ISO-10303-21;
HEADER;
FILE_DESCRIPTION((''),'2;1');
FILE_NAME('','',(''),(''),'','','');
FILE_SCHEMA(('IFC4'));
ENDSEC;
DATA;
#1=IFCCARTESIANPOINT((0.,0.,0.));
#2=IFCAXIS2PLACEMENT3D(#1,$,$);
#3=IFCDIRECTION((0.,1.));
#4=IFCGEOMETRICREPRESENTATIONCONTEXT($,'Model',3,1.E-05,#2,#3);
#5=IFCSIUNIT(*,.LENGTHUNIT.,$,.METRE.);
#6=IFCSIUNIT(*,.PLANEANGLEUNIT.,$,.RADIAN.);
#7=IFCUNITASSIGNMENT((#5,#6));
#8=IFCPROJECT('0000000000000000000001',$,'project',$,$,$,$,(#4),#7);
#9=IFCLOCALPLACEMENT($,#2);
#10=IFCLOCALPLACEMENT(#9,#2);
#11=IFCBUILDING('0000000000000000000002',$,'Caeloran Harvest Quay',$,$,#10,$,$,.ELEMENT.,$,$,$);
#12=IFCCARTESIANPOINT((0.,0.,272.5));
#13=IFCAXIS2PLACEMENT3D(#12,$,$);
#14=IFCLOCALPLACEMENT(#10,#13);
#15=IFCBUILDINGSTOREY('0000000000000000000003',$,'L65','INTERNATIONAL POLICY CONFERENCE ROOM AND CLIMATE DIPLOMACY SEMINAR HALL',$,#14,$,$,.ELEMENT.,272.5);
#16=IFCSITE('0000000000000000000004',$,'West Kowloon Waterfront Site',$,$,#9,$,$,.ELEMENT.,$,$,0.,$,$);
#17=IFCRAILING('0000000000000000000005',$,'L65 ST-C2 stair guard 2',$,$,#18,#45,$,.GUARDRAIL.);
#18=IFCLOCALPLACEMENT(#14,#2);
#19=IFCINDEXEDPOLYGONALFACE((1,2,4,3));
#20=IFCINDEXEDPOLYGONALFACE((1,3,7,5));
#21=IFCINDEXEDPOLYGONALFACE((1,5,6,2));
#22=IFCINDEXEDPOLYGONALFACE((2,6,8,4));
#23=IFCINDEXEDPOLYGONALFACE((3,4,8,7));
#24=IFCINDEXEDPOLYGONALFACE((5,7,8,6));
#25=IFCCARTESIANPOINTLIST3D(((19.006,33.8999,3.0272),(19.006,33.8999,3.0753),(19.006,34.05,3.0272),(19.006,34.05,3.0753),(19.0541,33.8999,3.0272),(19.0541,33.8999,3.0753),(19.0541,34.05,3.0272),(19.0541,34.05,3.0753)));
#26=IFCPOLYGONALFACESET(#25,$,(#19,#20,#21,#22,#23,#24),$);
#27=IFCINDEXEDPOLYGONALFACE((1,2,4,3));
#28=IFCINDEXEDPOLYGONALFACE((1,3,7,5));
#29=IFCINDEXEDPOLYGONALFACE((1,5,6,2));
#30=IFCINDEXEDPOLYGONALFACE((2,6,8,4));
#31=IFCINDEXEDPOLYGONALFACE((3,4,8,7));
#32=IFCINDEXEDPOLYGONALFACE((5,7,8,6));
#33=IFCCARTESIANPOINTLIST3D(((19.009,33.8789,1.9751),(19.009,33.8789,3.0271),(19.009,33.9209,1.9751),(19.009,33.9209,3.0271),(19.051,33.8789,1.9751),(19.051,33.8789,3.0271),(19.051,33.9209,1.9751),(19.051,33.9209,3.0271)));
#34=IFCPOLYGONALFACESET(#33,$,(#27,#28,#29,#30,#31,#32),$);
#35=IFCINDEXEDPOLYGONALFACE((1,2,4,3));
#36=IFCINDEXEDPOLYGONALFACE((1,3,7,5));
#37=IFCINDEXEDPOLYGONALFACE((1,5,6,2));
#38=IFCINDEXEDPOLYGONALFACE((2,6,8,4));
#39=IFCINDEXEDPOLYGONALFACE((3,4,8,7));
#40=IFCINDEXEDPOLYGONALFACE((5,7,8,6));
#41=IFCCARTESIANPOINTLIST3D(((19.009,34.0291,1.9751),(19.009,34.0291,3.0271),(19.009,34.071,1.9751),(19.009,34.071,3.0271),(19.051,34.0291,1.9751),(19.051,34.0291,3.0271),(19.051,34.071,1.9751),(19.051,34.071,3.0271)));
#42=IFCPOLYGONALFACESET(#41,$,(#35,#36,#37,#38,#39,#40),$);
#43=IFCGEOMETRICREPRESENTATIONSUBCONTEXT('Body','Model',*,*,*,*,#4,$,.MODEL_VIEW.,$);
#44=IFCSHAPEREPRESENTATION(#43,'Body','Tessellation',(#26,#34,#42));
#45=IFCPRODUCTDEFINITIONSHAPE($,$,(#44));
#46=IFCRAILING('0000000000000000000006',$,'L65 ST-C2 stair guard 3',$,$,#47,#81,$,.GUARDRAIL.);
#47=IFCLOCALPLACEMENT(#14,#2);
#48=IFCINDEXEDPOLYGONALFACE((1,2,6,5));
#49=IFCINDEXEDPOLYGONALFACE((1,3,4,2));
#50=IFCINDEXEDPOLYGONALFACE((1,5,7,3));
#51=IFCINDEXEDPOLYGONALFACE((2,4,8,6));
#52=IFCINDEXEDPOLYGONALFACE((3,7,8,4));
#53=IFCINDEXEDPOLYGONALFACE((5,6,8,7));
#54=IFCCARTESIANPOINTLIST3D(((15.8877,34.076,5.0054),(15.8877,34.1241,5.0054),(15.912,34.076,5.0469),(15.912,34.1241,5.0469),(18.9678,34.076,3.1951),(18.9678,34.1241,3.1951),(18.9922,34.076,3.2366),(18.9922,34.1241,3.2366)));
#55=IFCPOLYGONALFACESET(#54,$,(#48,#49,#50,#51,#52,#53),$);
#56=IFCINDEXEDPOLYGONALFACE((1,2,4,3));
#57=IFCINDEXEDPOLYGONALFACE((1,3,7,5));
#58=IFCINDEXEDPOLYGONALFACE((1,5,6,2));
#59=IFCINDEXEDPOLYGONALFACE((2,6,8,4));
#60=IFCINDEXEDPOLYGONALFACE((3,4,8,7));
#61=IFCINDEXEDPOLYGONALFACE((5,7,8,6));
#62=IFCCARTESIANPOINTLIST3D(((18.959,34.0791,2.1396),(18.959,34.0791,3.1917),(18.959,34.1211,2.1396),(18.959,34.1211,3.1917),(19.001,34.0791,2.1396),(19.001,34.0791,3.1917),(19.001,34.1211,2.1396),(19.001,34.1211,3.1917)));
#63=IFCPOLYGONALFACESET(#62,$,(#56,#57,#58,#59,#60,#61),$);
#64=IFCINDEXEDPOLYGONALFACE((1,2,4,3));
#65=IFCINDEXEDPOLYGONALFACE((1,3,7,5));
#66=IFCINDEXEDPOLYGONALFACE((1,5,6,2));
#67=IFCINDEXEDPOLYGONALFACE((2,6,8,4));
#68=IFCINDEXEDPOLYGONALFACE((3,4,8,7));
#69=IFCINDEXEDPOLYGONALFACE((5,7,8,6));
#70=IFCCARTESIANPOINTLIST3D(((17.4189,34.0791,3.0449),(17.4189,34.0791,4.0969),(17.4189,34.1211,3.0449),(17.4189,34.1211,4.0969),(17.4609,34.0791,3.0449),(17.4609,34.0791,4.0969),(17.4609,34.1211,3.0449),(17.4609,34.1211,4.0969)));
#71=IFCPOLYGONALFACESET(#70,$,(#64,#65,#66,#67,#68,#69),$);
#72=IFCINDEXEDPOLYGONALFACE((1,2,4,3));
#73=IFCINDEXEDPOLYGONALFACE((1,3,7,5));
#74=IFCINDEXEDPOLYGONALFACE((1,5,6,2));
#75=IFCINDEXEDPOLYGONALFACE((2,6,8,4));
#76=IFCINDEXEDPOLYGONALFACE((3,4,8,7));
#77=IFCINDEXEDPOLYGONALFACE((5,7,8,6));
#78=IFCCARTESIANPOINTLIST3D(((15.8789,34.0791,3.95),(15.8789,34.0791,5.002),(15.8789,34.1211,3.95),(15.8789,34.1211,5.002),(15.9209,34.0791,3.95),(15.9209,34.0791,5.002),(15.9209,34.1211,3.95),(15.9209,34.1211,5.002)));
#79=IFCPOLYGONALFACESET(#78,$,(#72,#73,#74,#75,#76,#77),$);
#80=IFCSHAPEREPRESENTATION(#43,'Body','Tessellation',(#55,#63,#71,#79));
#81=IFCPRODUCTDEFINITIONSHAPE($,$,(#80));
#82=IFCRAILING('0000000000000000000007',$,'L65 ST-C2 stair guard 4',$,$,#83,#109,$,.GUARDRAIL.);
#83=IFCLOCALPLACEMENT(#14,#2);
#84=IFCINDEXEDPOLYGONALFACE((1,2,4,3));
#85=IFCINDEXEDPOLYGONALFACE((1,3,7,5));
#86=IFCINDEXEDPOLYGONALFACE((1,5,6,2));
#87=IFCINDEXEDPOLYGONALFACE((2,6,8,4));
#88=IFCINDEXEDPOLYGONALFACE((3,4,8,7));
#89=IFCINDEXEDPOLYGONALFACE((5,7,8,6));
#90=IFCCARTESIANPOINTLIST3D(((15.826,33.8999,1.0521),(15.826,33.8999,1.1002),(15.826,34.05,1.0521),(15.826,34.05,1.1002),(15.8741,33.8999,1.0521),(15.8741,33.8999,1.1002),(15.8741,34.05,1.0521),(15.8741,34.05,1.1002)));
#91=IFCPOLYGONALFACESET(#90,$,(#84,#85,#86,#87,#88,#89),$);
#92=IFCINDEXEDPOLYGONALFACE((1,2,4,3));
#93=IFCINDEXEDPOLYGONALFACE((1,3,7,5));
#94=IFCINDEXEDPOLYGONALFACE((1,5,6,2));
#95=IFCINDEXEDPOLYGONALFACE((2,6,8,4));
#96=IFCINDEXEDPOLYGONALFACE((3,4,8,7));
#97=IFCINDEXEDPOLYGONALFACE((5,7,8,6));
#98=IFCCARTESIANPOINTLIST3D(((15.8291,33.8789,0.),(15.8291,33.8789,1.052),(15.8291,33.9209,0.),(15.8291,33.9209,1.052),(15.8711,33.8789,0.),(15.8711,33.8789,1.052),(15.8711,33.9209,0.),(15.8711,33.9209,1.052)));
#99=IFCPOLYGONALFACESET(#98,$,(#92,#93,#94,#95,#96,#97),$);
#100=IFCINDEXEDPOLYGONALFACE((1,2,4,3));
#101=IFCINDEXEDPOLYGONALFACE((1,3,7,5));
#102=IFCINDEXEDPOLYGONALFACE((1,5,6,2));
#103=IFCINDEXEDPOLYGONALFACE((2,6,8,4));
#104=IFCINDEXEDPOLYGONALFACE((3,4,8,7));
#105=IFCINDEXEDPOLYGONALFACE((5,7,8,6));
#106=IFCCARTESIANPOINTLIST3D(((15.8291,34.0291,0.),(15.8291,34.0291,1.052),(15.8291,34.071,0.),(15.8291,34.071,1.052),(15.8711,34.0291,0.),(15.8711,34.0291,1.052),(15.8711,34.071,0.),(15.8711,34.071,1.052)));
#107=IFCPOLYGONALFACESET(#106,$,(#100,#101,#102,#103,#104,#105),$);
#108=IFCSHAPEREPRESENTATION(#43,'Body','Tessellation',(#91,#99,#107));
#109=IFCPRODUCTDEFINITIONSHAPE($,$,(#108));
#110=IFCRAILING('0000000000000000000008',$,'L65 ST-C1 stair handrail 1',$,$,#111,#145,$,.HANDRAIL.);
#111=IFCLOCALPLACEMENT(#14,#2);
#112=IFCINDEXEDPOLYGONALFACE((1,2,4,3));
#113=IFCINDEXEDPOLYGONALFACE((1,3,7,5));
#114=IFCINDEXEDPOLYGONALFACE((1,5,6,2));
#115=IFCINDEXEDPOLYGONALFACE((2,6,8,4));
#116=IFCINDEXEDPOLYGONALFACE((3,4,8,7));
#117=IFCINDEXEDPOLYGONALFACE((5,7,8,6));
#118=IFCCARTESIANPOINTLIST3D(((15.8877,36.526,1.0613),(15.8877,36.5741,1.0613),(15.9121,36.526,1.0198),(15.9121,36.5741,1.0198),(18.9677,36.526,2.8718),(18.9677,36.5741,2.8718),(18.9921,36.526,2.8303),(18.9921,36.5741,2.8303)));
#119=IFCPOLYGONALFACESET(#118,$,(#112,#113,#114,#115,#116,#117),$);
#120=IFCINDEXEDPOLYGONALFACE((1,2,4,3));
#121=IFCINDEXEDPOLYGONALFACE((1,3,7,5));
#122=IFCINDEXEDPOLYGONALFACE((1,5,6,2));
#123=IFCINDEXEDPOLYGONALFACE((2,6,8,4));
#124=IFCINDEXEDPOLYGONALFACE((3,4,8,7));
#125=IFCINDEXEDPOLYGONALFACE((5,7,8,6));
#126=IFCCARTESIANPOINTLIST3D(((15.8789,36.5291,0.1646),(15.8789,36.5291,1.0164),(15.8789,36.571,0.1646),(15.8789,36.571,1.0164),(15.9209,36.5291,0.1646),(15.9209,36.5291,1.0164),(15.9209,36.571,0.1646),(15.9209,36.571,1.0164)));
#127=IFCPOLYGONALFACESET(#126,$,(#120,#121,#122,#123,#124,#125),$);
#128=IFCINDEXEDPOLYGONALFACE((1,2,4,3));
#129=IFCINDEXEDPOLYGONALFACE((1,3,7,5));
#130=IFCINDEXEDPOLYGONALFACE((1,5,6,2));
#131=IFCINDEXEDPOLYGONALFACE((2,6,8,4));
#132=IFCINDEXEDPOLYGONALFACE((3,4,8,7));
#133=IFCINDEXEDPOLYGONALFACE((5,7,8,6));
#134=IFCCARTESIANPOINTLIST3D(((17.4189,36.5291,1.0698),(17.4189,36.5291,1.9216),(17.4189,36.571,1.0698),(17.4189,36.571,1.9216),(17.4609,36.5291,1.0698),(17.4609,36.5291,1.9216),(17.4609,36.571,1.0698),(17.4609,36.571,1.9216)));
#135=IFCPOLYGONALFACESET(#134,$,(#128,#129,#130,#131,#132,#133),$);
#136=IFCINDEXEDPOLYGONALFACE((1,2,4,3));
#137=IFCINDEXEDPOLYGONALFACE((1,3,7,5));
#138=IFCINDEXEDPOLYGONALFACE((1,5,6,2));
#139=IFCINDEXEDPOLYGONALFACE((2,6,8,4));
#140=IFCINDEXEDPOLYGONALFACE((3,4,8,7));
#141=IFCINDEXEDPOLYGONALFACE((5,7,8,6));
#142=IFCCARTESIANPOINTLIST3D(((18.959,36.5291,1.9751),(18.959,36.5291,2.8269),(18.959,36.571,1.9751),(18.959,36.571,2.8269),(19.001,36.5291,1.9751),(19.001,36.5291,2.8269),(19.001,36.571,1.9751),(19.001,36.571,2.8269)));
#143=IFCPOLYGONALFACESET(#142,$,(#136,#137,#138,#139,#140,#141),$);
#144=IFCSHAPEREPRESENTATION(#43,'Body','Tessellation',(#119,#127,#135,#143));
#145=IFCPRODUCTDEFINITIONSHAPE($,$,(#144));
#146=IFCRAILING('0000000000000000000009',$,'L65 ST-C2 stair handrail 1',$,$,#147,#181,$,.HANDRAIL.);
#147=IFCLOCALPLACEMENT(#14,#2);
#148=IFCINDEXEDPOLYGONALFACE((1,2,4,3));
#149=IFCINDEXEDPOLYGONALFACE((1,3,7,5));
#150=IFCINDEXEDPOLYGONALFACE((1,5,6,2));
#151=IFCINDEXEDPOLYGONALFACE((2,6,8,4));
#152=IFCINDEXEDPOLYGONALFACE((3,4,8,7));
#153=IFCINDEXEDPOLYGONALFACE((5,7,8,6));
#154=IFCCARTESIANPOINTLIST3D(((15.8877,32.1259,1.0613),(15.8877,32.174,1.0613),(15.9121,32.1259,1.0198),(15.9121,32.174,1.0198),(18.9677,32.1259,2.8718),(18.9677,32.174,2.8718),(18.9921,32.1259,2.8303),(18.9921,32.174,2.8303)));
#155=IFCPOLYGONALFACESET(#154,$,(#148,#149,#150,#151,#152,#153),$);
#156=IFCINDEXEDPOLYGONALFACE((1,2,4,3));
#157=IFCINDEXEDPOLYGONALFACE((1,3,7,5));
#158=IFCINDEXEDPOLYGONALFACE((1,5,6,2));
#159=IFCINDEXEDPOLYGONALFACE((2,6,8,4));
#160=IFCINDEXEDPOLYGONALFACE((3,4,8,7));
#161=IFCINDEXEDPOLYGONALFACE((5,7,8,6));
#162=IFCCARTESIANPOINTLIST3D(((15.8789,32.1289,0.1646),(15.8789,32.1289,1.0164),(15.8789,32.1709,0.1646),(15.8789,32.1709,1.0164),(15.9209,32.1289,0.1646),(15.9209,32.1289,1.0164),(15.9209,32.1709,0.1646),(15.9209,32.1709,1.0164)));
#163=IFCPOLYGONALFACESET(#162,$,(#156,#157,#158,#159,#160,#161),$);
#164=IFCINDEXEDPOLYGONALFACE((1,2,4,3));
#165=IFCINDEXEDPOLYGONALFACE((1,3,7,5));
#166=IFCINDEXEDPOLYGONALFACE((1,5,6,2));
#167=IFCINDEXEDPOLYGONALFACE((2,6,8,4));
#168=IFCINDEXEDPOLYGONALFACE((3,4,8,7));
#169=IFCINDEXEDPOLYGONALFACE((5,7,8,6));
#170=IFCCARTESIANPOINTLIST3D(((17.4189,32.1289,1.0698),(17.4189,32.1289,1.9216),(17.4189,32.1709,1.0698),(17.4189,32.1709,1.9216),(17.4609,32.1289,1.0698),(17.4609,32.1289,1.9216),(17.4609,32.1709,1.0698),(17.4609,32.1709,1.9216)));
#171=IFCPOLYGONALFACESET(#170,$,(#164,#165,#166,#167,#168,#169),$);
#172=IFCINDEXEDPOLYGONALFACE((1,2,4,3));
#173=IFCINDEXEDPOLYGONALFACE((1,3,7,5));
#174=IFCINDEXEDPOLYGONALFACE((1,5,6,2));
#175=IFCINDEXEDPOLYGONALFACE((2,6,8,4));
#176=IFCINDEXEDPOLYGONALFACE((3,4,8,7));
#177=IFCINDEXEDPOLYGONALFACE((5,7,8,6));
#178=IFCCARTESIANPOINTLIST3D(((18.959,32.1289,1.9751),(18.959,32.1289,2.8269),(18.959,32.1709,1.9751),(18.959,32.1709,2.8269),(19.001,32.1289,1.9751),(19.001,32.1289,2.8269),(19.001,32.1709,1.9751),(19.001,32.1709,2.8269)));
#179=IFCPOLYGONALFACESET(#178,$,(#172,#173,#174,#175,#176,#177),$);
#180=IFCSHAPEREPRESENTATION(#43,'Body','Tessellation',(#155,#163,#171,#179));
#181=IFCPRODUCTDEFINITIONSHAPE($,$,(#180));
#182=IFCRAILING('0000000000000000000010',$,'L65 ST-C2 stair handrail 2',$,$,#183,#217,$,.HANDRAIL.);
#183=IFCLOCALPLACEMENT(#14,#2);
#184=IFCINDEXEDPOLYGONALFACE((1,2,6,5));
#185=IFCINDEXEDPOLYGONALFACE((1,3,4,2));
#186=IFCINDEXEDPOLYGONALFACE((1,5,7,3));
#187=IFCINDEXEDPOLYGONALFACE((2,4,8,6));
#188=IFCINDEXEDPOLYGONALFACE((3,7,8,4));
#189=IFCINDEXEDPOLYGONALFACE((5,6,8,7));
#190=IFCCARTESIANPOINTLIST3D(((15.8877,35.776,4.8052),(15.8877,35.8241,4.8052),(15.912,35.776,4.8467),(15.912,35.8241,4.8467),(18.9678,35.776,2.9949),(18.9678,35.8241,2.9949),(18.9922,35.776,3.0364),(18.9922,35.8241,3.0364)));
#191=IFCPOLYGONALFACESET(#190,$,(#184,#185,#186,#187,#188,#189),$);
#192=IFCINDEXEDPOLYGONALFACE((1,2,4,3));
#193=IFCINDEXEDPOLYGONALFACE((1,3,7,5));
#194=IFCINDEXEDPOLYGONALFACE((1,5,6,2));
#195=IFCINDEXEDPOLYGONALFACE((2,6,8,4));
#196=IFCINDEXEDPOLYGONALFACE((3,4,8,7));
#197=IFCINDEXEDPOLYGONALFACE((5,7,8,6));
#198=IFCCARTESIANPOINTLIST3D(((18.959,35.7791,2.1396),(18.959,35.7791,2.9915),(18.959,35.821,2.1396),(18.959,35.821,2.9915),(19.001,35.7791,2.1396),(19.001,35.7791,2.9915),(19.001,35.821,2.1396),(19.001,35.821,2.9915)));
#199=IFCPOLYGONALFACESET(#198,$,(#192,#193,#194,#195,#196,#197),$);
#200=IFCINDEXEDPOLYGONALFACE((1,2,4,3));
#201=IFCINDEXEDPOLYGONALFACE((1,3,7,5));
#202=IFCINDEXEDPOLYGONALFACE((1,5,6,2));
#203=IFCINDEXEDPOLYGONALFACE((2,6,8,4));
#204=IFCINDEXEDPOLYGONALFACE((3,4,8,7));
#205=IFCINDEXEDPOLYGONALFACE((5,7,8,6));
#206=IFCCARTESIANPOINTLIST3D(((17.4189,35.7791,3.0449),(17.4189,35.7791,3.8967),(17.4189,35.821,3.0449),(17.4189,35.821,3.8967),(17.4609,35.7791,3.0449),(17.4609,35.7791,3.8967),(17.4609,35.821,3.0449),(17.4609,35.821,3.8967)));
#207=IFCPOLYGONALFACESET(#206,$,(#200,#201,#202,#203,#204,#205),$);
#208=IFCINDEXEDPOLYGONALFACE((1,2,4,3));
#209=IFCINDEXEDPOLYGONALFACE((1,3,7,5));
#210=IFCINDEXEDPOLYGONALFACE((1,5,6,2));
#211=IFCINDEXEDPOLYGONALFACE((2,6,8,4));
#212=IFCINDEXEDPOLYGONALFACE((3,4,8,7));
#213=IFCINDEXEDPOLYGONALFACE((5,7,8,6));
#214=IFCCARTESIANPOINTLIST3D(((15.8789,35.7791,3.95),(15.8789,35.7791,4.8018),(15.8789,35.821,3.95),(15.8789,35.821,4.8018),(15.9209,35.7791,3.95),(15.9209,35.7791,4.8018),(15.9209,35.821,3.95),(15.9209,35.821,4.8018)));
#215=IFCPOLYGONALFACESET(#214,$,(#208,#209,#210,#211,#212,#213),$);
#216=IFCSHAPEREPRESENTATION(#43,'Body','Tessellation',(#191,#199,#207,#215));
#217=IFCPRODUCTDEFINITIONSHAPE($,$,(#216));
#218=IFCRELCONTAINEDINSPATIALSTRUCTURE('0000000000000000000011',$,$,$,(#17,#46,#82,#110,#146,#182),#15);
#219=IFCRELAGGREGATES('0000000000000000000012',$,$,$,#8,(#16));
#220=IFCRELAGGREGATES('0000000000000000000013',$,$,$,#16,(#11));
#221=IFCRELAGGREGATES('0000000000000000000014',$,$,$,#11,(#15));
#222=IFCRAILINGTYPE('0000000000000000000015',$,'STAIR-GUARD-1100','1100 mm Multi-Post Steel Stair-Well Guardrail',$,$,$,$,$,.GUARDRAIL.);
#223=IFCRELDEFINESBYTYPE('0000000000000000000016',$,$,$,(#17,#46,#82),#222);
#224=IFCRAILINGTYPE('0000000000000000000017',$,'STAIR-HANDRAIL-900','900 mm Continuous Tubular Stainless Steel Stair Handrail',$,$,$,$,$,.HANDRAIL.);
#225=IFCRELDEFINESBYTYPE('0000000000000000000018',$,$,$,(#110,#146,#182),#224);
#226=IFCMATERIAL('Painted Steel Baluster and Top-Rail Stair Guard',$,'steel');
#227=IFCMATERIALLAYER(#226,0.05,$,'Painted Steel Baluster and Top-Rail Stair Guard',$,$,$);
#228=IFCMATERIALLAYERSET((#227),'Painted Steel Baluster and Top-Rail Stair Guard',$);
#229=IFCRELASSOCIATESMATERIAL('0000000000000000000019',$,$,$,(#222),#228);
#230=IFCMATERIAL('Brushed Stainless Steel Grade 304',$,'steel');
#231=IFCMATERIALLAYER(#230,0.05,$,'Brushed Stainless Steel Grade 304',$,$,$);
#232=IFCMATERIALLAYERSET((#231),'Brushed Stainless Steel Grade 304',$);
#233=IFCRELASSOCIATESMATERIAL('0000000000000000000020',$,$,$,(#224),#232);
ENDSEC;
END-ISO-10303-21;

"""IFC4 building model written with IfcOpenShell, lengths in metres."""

from ifc_helpers import new_model, si_unit, direction, frame, origin, origin_2d, place, context, subcontext, project, spatial, rectangle, extrude, material, layer, layer_set, type_object, element, save


model = new_model("IFC4")

# Units and contexts
model_context = context("Model", 3, precision=1e-05, world=origin(), true_north=direction((0.0, 1.0)))
body_context = subcontext(model_context, "Body", "Model", "MODEL_VIEW")
ifc_project = project(units=[si_unit("LENGTHUNIT", "METRE"), si_unit("PLANEANGLEUNIT", "RADIAN")], contexts=[model_context])

# Site, building, storey
site_placement = place(None, origin())
site = spatial("IfcSite", under=ifc_project, at=site_placement, Name="West Kowloon Waterfront Site", CompositionType="ELEMENT", RefElevation=0.0)
building_placement = place(site_placement, origin())
building = spatial("IfcBuilding", under=site, at=building_placement, Name="Caeloran Harvest Quay", CompositionType="ELEMENT")
storey_placement = place(building_placement, frame((0.0, 0.0, 272.5)))
storey = spatial("IfcBuildingStorey", under=building, at=storey_placement, Name="L65", Description="INTERNATIONAL POLICY CONFERENCE ROOM AND CLIMATE DIPLOMACY SEMINAR HALL", CompositionType="ELEMENT", Elevation=272.5)

# Railings
ifc_material_1 = material(Name="Painted Steel Baluster and Top-Rail Stair Guard", Category="steel")
ifc_layer_1 = layer(ifc_material_1, 0.05, Name="Painted Steel Baluster and Top-Rail Stair Guard")
ifc_layer_set_1 = layer_set([ifc_layer_1], Name="Painted Steel Baluster and Top-Rail Stair Guard")
railing_type_1 = type_object("IfcRailingType", Name="STAIR-GUARD-1100", Description="1100 mm Multi-Post Steel Stair-Well Guardrail", PredefinedType="GUARDRAIL", material=ifc_layer_set_1)
railing_1_placement = place(storey_placement, frame((19.03, 33.8999, 1.9751)))
element("IfcRailing", 1, at=railing_1_placement, inside=storey, type_object=railing_type_1, Name="L65 ST-C2 stair guard 2", PredefinedType="GUARDRAIL", context=body_context, shape_type="SweptSolid", body=[
    extrude(rectangle(XDim=0.0481, YDim=0.0481, at=origin_2d()), frame((0.0, 0.0, 1.0762), z_axis=(0.0, 1.0, 0.0), x_axis=(-1.0, 0.0, 0.0)), (0.0, 0.0, 1.0), 0.1501),
    extrude(rectangle(XDim=0.042, YDim=0.042, at=origin_2d()), origin(), (0.0, 0.0, 1.0), 1.052),
    extrude(rectangle(XDim=0.042, YDim=0.042, at=origin_2d()), frame((0.0, 0.1501, 0.0)), (0.0, 0.0, 1.0), 1.052),
])
railing_2_placement = place(storey_placement, frame((18.98, 34.1001, 2.1396)))
element("IfcRailing", 2, at=railing_2_placement, inside=storey, type_object=railing_type_1, Name="L65 ST-C2 stair guard 3", PredefinedType="GUARDRAIL", context=body_context, shape_type="SweptSolid", body=[
    extrude(rectangle(XDim=0.0481, YDim=0.0481, at=origin_2d()), frame((0.0, 0.0, 1.0762), z_axis=(-0.862119, 0.0, 0.506707), x_axis=(0.0, -1.0, 0.0)), (0.0, 0.0, 1.0), 3.5728),
    extrude(rectangle(XDim=0.042, YDim=0.042, at=origin_2d()), origin(), (0.0, 0.0, 1.0), 1.052),
    extrude(rectangle(XDim=0.042, YDim=0.042, at=origin_2d()), frame((-1.54, 0.0, 0.9053)), (0.0, 0.0, 1.0), 1.052),
    extrude(rectangle(XDim=0.042, YDim=0.042, at=origin_2d()), frame((-3.0801, 0.0, 1.8103)), (0.0, 0.0, 1.0), 1.052),
])
railing_3_placement = place(storey_placement, frame((15.8501, 33.8999, 0.0)))
element("IfcRailing", 3, at=railing_3_placement, inside=storey, type_object=railing_type_1, Name="L65 ST-C2 stair guard 4", PredefinedType="GUARDRAIL", context=body_context, shape_type="SweptSolid", body=[
    extrude(rectangle(XDim=0.0481, YDim=0.0481, at=origin_2d()), frame((0.0, 0.0, 1.0762), z_axis=(0.0, 1.0, 0.0), x_axis=(-1.0, 0.0, 0.0)), (0.0, 0.0, 1.0), 0.1501),
    extrude(rectangle(XDim=0.042, YDim=0.042, at=origin_2d()), origin(), (0.0, 0.0, 1.0), 1.052),
    extrude(rectangle(XDim=0.042, YDim=0.042, at=origin_2d()), frame((0.0, 0.1501, 0.0)), (0.0, 0.0, 1.0), 1.052),
])
ifc_material_2 = material(Name="Brushed Stainless Steel Grade 304", Category="steel")
ifc_layer_2 = layer(ifc_material_2, 0.05, Name="Brushed Stainless Steel Grade 304")
ifc_layer_set_2 = layer_set([ifc_layer_2], Name="Brushed Stainless Steel Grade 304")
railing_type_2 = type_object("IfcRailingType", Name="STAIR-HANDRAIL-900", Description="900 mm Continuous Tubular Stainless Steel Stair Handrail", PredefinedType="HANDRAIL", material=ifc_layer_set_2)
for number, where, name in (
    (4, (15.8999, 36.55, 0.1646), "L65 ST-C1 stair handrail 1"),
    (5, (15.8999, 32.1499, 0.1646), "L65 ST-C2 stair handrail 1"),
):
    element("IfcRailing", number, at=place(storey_placement, frame(where)), inside=storey, type_object=railing_type_2, Name=name, PredefinedType="HANDRAIL", context=body_context, shape_type="SweptSolid", body=[
        extrude(rectangle(XDim=0.0481, YDim=0.0481, at=origin_2d()), frame((0.0, 0.0, 0.876), z_axis=(0.862089, 0.0, 0.506757), x_axis=(0.0, 1.0, 0.0)), (0.0, 0.0, 1.0), 3.5728),
        extrude(rectangle(XDim=0.042, YDim=0.042, at=origin_2d()), origin(), (0.0, 0.0, 1.0), 0.8518),
        extrude(rectangle(XDim=0.042, YDim=0.042, at=origin_2d()), frame((1.54, 0.0, 0.9053)), (0.0, 0.0, 1.0), 0.8518),
        extrude(rectangle(XDim=0.042, YDim=0.042, at=origin_2d()), frame((3.0801, 0.0, 1.8105)), (0.0, 0.0, 1.0), 0.8518),
    ])
railing_4_placement = place(storey_placement, frame((18.98, 35.8, 2.1396)))
element("IfcRailing", 6, at=railing_4_placement, inside=storey, type_object=railing_type_2, Name="L65 ST-C2 stair handrail 2", PredefinedType="HANDRAIL", context=body_context, shape_type="SweptSolid", body=[
    extrude(rectangle(XDim=0.0481, YDim=0.0481, at=origin_2d()), frame((0.0, 0.0, 0.876), z_axis=(-0.862119, 0.0, 0.506707), x_axis=(0.0, -1.0, 0.0)), (0.0, 0.0, 1.0), 3.5728),
    extrude(rectangle(XDim=0.042, YDim=0.042, at=origin_2d()), origin(), (0.0, 0.0, 1.0), 0.8518),
    extrude(rectangle(XDim=0.042, YDim=0.042, at=origin_2d()), frame((-1.54, 0.0, 0.9053)), (0.0, 0.0, 1.0), 0.8518),
    extrude(rectangle(XDim=0.042, YDim=0.042, at=origin_2d()), frame((-3.0801, 0.0, 1.8103)), (0.0, 0.0, 1.0), 0.8518),
])

save(model, "model.ifc")
